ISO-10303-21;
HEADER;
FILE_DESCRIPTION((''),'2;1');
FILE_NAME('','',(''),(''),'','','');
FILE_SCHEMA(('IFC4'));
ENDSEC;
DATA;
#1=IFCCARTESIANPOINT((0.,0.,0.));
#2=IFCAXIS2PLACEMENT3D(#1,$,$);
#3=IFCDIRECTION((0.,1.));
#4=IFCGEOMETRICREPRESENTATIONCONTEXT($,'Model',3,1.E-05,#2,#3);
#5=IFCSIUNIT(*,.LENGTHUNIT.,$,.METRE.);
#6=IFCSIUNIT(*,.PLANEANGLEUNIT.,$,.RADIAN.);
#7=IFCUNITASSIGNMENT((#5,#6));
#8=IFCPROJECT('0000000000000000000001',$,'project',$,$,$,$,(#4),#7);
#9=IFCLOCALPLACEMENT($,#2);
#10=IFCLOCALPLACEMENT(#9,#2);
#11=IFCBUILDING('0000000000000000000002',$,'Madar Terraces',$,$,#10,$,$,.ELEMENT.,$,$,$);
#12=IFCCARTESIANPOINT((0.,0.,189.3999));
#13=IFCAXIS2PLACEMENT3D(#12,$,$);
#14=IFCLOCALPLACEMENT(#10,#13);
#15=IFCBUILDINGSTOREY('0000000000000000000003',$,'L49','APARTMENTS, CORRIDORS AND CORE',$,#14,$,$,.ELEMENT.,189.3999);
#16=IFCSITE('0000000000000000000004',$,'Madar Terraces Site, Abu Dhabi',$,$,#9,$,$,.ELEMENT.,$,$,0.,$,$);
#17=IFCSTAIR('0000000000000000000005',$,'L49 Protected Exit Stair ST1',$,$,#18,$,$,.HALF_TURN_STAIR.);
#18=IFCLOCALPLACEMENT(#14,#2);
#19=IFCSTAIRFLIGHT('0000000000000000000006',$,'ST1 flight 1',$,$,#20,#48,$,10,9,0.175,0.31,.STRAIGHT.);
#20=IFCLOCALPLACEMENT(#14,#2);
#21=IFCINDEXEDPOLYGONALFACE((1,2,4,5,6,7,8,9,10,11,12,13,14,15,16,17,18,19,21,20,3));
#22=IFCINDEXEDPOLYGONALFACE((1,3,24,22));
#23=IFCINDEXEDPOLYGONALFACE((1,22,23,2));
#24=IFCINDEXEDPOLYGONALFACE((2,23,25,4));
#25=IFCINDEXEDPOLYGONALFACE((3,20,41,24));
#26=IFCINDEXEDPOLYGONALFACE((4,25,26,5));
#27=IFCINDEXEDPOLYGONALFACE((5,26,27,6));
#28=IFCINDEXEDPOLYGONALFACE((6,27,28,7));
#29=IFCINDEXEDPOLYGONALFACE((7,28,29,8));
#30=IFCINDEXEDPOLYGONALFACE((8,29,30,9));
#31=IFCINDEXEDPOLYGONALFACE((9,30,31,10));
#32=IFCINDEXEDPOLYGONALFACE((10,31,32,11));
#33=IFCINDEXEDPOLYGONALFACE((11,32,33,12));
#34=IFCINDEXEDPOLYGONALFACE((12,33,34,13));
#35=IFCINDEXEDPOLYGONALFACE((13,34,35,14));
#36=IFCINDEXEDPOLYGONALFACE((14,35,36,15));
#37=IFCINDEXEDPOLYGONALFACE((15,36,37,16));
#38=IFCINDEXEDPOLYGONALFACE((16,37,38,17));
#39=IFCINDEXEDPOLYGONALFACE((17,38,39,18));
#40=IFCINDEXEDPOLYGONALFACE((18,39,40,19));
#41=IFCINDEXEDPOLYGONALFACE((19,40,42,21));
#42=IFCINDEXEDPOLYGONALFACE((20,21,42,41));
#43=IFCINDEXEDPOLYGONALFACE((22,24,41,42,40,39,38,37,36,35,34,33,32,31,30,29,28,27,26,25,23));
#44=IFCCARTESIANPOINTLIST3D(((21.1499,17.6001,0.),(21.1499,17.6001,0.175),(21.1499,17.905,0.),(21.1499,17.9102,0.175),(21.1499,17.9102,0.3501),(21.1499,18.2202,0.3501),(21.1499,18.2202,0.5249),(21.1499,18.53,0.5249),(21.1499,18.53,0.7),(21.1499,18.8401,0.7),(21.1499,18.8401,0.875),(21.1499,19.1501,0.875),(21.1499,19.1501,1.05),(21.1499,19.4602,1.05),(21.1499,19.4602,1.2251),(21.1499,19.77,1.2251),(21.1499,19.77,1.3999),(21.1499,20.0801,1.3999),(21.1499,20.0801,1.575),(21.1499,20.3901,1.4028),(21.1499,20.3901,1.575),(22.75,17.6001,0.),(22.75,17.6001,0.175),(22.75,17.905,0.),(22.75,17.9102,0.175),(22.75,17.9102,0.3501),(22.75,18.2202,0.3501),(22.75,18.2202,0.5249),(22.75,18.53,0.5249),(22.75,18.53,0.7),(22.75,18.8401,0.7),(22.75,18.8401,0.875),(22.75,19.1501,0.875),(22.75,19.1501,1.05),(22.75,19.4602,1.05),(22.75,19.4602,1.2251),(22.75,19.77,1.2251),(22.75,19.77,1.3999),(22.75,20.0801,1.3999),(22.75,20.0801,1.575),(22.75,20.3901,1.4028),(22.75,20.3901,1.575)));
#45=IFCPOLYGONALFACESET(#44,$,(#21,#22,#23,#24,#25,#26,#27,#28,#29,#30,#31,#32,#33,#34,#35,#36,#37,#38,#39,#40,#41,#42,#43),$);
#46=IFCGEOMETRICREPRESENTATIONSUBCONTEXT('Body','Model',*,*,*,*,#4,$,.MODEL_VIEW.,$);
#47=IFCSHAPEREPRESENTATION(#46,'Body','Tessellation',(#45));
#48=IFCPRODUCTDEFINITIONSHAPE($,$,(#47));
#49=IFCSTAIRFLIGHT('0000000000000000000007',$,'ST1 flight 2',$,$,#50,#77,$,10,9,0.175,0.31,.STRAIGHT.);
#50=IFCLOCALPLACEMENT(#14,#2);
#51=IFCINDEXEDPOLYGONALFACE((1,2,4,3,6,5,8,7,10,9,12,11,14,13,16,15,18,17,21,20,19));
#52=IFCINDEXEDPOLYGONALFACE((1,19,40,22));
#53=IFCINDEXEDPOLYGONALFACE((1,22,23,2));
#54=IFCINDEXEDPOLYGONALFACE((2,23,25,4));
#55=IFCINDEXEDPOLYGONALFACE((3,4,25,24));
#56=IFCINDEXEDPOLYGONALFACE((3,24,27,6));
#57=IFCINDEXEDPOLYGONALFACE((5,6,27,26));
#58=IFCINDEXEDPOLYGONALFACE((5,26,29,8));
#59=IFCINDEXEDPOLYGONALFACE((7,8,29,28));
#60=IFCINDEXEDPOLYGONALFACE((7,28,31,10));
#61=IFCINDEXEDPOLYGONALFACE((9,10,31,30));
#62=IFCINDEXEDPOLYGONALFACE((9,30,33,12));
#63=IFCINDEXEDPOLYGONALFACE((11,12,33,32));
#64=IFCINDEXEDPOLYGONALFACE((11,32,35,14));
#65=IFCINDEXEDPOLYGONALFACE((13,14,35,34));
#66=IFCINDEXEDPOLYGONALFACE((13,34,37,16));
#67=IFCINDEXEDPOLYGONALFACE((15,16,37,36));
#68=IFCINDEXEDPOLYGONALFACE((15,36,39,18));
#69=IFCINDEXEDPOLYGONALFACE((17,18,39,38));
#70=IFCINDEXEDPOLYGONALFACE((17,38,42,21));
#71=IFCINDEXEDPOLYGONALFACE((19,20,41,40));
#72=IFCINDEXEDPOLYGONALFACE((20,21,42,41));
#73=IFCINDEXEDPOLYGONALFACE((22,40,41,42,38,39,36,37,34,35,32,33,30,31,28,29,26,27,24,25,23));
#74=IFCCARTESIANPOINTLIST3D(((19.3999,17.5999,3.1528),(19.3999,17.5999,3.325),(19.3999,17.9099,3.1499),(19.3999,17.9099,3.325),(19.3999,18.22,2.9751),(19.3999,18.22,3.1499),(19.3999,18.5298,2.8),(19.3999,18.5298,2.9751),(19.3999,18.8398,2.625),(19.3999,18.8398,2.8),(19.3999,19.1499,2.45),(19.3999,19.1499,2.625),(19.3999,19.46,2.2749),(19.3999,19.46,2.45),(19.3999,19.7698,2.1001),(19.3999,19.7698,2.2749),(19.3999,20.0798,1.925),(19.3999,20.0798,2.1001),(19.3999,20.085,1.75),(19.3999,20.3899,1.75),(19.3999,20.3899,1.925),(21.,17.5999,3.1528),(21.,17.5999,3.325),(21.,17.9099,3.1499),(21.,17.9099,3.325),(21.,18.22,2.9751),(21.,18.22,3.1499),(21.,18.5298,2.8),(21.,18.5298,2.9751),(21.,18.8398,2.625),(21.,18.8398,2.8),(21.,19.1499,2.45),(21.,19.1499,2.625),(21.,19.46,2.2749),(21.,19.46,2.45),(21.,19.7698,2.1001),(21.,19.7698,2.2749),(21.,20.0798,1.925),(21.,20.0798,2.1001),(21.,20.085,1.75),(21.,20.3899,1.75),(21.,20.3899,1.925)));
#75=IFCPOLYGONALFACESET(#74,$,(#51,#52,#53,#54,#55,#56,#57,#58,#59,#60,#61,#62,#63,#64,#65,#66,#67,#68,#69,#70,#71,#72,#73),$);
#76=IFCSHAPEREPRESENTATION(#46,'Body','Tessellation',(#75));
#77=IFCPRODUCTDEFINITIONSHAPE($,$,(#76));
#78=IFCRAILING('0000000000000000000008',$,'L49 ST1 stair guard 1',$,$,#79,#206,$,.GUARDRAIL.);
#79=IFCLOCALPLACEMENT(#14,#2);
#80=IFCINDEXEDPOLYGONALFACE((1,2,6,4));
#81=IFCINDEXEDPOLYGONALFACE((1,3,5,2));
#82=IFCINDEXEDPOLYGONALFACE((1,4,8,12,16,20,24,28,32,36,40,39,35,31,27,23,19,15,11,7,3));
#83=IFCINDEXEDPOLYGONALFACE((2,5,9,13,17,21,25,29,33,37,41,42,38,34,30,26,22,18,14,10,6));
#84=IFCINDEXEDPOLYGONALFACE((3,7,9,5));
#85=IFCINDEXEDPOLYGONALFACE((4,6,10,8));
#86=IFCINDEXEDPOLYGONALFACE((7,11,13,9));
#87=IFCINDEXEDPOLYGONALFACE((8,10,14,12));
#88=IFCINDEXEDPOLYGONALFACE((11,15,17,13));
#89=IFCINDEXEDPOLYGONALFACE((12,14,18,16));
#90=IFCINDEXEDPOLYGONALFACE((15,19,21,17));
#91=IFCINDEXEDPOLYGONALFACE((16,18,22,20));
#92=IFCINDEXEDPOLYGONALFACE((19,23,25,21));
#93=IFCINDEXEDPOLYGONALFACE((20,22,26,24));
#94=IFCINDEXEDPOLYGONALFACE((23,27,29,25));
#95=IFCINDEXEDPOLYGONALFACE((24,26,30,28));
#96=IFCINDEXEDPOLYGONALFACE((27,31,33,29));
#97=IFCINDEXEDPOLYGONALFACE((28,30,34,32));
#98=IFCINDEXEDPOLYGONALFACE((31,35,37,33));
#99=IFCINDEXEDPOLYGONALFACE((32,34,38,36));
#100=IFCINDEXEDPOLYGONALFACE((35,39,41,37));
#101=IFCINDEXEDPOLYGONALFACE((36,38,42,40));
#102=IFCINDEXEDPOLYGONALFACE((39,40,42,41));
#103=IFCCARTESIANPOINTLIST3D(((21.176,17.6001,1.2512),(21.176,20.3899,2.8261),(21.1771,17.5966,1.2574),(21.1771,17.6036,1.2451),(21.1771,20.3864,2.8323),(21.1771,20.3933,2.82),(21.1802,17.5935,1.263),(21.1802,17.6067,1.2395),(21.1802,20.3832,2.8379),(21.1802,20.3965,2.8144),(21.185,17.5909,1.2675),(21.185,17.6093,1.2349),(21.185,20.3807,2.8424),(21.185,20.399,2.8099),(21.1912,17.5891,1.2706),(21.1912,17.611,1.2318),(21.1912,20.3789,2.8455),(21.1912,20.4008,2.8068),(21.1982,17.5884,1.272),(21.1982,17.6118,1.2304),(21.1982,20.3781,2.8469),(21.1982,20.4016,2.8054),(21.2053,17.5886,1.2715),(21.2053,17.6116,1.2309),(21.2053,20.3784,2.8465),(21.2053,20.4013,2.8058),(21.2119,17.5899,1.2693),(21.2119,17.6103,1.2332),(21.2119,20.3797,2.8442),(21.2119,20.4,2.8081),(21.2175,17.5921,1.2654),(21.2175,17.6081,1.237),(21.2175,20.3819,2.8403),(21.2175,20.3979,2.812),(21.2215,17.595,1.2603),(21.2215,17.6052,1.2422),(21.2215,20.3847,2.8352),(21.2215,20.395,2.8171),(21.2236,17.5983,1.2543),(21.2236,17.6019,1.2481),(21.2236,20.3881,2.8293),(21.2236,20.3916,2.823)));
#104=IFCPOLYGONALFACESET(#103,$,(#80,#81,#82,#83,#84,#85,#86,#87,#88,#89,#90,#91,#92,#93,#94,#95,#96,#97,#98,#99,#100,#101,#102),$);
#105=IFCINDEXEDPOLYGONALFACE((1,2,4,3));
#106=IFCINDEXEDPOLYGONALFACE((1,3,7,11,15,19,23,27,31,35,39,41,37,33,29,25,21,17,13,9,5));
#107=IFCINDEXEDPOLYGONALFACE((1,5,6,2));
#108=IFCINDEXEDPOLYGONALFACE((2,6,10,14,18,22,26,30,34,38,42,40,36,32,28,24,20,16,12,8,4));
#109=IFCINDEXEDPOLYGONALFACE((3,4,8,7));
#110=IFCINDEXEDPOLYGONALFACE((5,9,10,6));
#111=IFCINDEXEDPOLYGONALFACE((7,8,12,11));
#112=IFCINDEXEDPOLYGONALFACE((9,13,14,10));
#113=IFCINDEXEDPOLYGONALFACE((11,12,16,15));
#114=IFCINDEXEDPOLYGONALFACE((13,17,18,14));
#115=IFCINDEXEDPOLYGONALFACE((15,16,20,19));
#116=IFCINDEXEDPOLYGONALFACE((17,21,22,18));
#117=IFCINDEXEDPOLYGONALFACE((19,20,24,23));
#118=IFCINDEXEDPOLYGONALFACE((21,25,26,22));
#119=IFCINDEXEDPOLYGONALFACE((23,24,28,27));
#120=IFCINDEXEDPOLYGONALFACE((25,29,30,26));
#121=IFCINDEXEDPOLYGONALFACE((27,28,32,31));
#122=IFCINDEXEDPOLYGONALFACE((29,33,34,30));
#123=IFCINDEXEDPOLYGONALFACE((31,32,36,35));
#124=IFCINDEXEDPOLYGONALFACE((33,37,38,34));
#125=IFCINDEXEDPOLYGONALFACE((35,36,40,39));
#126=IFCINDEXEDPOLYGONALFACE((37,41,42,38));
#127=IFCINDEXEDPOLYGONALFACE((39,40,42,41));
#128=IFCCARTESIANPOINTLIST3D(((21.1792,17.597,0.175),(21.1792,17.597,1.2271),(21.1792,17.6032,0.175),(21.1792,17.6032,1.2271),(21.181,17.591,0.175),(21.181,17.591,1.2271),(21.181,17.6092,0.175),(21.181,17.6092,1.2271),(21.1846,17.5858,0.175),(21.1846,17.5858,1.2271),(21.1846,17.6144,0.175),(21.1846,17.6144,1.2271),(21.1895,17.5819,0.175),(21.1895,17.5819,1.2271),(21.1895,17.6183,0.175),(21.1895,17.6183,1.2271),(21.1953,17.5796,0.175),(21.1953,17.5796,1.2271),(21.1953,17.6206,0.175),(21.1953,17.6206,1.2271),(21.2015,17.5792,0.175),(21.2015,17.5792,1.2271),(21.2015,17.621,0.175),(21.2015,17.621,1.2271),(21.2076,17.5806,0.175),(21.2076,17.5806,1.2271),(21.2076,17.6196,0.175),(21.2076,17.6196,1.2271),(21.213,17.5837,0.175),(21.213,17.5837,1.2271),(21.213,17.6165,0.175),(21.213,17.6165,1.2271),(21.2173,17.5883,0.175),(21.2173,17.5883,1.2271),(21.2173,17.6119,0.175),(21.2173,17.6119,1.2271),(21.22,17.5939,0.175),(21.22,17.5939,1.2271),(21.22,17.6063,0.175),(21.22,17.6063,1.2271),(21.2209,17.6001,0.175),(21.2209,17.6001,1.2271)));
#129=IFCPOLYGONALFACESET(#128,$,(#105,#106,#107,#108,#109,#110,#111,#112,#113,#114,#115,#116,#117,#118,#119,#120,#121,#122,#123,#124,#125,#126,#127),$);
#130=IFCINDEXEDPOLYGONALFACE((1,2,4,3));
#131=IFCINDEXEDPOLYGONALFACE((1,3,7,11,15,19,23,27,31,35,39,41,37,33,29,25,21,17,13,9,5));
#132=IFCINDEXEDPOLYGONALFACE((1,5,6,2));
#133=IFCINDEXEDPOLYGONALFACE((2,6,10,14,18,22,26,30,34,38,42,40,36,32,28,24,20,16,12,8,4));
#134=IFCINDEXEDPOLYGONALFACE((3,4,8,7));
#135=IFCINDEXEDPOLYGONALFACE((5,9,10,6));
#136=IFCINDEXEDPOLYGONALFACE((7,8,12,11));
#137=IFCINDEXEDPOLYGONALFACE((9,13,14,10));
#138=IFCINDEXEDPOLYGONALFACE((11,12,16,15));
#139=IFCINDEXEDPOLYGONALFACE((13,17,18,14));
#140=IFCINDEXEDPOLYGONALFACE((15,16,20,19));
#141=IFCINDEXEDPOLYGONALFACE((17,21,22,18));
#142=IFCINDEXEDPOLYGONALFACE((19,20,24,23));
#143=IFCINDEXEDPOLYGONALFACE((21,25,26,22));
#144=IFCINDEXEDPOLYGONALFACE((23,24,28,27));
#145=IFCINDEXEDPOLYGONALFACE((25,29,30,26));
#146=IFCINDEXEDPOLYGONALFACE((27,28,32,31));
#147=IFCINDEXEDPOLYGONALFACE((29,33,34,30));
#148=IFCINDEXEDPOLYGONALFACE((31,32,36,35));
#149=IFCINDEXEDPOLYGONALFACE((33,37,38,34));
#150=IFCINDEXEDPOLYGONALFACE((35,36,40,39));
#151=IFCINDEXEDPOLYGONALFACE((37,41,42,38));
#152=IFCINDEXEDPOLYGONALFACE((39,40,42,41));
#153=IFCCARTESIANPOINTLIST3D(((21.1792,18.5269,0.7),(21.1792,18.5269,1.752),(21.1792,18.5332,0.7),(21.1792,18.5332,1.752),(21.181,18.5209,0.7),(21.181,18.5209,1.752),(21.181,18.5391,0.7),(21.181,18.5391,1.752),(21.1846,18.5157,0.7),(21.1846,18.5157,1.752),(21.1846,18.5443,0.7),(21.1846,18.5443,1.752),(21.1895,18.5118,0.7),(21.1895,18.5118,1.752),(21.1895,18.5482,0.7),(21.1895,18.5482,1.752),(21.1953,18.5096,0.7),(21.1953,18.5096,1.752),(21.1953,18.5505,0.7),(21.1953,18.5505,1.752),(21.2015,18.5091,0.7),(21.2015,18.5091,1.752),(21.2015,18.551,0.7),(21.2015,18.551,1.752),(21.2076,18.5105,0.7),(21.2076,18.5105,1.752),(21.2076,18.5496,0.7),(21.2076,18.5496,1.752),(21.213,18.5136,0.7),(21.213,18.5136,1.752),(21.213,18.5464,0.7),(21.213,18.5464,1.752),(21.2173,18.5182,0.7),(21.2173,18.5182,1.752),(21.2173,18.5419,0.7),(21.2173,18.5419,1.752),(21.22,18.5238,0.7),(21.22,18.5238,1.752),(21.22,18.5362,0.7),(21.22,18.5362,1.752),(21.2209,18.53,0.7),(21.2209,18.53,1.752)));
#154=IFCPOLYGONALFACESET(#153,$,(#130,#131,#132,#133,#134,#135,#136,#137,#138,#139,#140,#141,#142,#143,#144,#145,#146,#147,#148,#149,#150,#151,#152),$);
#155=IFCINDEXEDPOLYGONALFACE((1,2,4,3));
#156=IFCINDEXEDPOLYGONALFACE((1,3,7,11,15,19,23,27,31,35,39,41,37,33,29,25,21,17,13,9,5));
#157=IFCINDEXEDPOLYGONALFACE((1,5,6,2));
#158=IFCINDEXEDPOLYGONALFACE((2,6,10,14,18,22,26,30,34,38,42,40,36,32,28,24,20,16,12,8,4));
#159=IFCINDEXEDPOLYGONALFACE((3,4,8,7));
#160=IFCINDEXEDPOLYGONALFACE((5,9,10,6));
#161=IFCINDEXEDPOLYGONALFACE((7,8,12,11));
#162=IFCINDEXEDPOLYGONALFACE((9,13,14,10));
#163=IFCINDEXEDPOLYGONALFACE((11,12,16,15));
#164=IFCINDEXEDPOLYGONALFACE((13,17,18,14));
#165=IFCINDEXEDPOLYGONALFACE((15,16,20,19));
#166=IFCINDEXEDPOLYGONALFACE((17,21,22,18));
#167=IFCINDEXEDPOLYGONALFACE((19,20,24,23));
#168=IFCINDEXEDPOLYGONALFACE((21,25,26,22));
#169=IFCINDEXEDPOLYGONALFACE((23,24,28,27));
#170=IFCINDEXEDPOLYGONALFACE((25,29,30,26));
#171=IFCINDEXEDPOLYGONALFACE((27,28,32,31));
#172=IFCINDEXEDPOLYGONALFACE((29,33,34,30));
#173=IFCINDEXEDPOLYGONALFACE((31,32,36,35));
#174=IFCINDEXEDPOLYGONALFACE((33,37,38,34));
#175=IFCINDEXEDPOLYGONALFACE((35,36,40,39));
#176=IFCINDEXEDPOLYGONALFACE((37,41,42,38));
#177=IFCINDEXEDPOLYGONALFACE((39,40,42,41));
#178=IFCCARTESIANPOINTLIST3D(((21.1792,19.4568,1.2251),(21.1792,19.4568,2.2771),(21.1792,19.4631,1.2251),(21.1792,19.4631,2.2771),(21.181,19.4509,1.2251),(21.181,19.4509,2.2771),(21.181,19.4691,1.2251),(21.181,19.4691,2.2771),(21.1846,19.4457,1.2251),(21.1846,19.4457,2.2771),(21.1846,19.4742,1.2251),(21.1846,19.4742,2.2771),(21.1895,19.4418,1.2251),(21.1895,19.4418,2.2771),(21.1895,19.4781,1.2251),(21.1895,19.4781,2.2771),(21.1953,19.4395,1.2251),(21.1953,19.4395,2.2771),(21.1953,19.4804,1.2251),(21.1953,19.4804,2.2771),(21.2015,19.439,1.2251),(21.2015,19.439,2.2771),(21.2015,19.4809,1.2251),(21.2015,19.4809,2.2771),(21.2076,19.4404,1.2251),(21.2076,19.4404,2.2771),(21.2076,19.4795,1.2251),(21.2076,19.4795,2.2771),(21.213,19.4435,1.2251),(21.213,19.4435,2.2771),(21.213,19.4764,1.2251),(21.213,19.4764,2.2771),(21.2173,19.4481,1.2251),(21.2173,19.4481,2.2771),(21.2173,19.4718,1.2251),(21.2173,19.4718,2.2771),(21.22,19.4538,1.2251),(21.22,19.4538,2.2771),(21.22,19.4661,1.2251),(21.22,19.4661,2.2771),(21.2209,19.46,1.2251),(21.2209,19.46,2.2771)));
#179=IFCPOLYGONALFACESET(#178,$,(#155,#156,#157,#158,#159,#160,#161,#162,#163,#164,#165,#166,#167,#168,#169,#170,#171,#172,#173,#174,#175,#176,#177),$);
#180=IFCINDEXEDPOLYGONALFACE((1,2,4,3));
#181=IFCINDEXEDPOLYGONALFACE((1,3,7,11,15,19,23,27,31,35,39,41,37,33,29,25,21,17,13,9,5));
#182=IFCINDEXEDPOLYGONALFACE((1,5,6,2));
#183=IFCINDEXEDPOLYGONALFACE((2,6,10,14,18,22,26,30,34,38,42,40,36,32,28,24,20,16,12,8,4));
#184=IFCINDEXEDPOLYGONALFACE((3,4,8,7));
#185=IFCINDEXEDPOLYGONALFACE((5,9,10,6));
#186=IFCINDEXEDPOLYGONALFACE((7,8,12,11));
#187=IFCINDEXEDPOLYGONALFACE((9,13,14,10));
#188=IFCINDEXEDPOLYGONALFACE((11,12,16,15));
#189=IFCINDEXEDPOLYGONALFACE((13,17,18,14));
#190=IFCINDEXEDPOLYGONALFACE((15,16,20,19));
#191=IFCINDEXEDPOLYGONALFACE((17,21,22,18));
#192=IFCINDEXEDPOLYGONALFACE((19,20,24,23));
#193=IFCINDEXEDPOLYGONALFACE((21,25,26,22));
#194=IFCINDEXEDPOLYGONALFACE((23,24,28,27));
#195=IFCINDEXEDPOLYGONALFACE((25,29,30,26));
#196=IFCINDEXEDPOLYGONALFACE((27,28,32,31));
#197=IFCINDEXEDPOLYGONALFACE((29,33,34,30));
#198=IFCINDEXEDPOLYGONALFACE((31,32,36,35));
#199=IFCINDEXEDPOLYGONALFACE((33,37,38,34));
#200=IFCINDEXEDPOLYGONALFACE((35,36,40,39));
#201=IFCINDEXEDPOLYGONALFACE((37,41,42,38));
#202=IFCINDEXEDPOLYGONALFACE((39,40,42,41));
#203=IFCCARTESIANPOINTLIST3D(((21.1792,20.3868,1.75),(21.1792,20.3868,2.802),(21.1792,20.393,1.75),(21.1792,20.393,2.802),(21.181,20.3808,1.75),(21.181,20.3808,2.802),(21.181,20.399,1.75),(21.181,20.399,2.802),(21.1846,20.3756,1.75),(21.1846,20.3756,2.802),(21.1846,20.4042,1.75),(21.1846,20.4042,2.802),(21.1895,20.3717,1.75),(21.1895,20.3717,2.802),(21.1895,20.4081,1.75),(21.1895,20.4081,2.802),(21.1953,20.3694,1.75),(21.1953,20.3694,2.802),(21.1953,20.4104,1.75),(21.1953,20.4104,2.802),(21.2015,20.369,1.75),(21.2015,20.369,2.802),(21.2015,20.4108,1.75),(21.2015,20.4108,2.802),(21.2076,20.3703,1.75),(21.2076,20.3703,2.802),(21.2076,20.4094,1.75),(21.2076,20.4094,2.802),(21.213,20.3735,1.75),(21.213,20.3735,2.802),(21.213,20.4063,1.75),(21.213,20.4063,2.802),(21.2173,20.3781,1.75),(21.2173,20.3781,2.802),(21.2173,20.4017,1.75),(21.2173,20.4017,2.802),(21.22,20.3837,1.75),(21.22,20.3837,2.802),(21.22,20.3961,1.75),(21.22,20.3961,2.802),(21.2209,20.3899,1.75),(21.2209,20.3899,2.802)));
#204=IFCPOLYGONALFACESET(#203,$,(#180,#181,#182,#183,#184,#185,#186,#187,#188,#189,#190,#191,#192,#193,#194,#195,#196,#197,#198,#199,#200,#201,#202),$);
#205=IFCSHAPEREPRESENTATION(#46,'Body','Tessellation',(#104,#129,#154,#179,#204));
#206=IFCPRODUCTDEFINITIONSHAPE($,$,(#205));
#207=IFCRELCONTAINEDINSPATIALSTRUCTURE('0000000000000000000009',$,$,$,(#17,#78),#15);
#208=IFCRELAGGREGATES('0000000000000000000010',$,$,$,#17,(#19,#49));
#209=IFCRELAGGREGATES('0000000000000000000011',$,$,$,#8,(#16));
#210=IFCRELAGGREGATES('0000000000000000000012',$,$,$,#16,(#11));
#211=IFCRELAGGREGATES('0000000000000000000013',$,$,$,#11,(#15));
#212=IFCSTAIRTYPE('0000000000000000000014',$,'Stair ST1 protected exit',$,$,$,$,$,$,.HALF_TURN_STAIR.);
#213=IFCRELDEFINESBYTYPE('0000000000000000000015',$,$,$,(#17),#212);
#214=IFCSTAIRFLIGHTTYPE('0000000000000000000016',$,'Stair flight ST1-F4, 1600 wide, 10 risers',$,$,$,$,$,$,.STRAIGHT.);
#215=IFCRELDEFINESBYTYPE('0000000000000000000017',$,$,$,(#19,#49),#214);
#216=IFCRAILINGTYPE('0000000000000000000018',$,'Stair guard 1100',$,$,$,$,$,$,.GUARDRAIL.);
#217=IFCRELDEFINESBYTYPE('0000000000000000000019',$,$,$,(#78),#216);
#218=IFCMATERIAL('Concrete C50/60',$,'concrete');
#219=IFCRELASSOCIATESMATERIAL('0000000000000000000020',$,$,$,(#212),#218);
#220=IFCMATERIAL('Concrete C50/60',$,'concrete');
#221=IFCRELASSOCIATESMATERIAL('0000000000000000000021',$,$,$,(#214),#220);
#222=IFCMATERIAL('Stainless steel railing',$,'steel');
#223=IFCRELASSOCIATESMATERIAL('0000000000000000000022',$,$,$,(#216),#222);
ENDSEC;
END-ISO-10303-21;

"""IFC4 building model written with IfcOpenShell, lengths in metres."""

from ifc_helpers import new_model, si_unit, direction, frame, origin, origin_2d, place, context, subcontext, project, spatial, polyline, circle, outline, extrude, material, type_object, element, aggregate, save


model = new_model("IFC4")

# Units and contexts
model_context = context("Model", 3, precision=1e-05, world=origin(), true_north=direction((0.0, 1.0)))
body_context = subcontext(model_context, "Body", "Model", "MODEL_VIEW")
ifc_project = project(units=[si_unit("LENGTHUNIT", "METRE"), si_unit("PLANEANGLEUNIT", "RADIAN")], contexts=[model_context])

# Site, building, storey
site_placement = place(None, origin())
site = spatial("IfcSite", under=ifc_project, at=site_placement, Name="Madar Terraces Site, Abu Dhabi", CompositionType="ELEMENT", RefElevation=0.0)
building_placement = place(site_placement, origin())
building = spatial("IfcBuilding", under=site, at=building_placement, Name="Madar Terraces", CompositionType="ELEMENT")
storey_placement = place(building_placement, frame((0.0, 0.0, 189.3999)))
storey = spatial("IfcBuildingStorey", under=building, at=storey_placement, Name="L49", Description="APARTMENTS, CORRIDORS AND CORE", CompositionType="ELEMENT", Elevation=189.3999)

# Stair, stair flights
ifc_material_1 = material(Name="Concrete C50/60", Category="concrete")
stair_type = type_object("IfcStairType", Name="Stair ST1 protected exit", PredefinedType="HALF_TURN_STAIR", material=ifc_material_1)
stair_placement = place(storey_placement, origin())
stair = element("IfcStair", 1, at=stair_placement, inside=storey, type_object=stair_type, Name="L49 Protected Exit Stair ST1", PredefinedType="HALF_TURN_STAIR")
ifc_material_2 = material(Name="Concrete C50/60", Category="concrete")
stair_flight_type = type_object("IfcStairFlightType", Name="Stair flight ST1-F4, 1600 wide, 10 risers", PredefinedType="STRAIGHT", material=ifc_material_2)
stair_flight_1_placement = place(storey_placement, frame((21.95, 17.6001, 0.0), z_axis=(0.0, 0.0, 1.0), x_axis=(0.0, 1.0, 0.0)))
stair_flight_1 = element("IfcStairFlight", 2, at=stair_flight_1_placement, type_object=stair_flight_type, Name="ST1 flight 1", NumberOfRisers=10, NumberOfTreads=9, PredefinedType="STRAIGHT", RiserHeight=0.175, TreadLength=0.31, context=body_context, shape_type="SweptSolid", body=[
    extrude(outline(polyline([(0.0, 0.0), (0.0, 0.175), (0.3101, 0.175), (0.3101, 0.3501), (0.6201, 0.3501), (0.6201, 0.5249), (0.9299, 0.5249), (0.9299, 0.7), (1.24, 0.7), (1.24, 0.875), (1.55, 0.875), (1.55, 1.05), (1.8601, 1.05), (1.8601, 1.2251), (2.1699, 1.2251), (2.1699, 1.3999), (2.48, 1.3999), (2.48, 1.575), (2.79, 1.575), (2.79, 1.75), (2.79, 1.4028), (0.3049, 0.0), (0.0, 0.0)])), frame((0.0, 0.8, 0.0), z_axis=(0.0, -1.0, 0.0), x_axis=(1.0, 0.0, 0.0)), (0.0, 0.0, 1.0), 1.6001),
])
stair_flight_2_placement = place(storey_placement, frame((20.2, 20.3899, 1.75), z_axis=(0.0, 0.0, 1.0), x_axis=(0.0, -1.0, 0.0)))
stair_flight_2 = element("IfcStairFlight", 3, at=stair_flight_2_placement, type_object=stair_flight_type, Name="ST1 flight 2", NumberOfRisers=10, NumberOfTreads=9, PredefinedType="STRAIGHT", RiserHeight=0.175, TreadLength=0.31, context=body_context, shape_type="SweptSolid", body=[
    extrude(outline(polyline([(0.0, 0.0), (0.0, 0.175), (0.3101, 0.175), (0.3101, 0.3501), (0.6201, 0.3501), (0.6201, 0.5249), (0.9299, 0.5249), (0.9299, 0.7), (1.24, 0.7), (1.24, 0.875), (1.55, 0.875), (1.55, 1.05), (1.8601, 1.05), (1.8601, 1.2251), (2.1699, 1.2251), (2.1699, 1.3999), (2.48, 1.3999), (2.48, 1.575), (2.79, 1.575), (2.79, 1.75), (2.79, 1.4028), (0.3049, 0.0), (0.0, 0.0)])), frame((0.0, 0.8, 0.0), z_axis=(0.0, -1.0, 0.0), x_axis=(1.0, 0.0, 0.0)), (0.0, 0.0, 1.0), 1.6001),
])
aggregate(stair, [stair_flight_1, stair_flight_2])

# Railing
ifc_material_3 = material(Name="Stainless steel railing", Category="steel")
railing_type_1 = type_object("IfcRailingType", Name="Stair guard 1100", PredefinedType="GUARDRAIL", material=ifc_material_3)
railing_1_placement = place(storey_placement, frame((21.2, 17.6001, 0.175)))
element("IfcRailing", 4, at=railing_1_placement, inside=storey, type_object=railing_type_1, Name="L49 ST1 stair guard 1", PredefinedType="GUARDRAIL", context=body_context, shape_type="SweptSolid", body=[
    extrude(circle(Radius=0.0239, at=origin_2d()), frame((0.0, 0.0, 1.0762), z_axis=(0.0, 0.870815, 0.49161), x_axis=(-1.0, 0.0, 0.0)), (0.0, 0.0, 1.0), 3.2036),
    extrude(circle(Radius=0.021, at=origin_2d()), origin(), (0.0, 0.0, 1.0), 1.052),
    extrude(circle(Radius=0.021, at=origin_2d()), frame((0.0, 0.9299, 0.5249)), (0.0, 0.0, 1.0), 1.052),
    extrude(circle(Radius=0.021, at=origin_2d()), frame((0.0, 1.8599, 1.05)), (0.0, 0.0, 1.0), 1.052),
    extrude(circle(Radius=0.021, at=origin_2d()), frame((0.0, 2.7898, 1.575)), (0.0, 0.0, 1.0), 1.052),
])

save(model, "model.ifc")
